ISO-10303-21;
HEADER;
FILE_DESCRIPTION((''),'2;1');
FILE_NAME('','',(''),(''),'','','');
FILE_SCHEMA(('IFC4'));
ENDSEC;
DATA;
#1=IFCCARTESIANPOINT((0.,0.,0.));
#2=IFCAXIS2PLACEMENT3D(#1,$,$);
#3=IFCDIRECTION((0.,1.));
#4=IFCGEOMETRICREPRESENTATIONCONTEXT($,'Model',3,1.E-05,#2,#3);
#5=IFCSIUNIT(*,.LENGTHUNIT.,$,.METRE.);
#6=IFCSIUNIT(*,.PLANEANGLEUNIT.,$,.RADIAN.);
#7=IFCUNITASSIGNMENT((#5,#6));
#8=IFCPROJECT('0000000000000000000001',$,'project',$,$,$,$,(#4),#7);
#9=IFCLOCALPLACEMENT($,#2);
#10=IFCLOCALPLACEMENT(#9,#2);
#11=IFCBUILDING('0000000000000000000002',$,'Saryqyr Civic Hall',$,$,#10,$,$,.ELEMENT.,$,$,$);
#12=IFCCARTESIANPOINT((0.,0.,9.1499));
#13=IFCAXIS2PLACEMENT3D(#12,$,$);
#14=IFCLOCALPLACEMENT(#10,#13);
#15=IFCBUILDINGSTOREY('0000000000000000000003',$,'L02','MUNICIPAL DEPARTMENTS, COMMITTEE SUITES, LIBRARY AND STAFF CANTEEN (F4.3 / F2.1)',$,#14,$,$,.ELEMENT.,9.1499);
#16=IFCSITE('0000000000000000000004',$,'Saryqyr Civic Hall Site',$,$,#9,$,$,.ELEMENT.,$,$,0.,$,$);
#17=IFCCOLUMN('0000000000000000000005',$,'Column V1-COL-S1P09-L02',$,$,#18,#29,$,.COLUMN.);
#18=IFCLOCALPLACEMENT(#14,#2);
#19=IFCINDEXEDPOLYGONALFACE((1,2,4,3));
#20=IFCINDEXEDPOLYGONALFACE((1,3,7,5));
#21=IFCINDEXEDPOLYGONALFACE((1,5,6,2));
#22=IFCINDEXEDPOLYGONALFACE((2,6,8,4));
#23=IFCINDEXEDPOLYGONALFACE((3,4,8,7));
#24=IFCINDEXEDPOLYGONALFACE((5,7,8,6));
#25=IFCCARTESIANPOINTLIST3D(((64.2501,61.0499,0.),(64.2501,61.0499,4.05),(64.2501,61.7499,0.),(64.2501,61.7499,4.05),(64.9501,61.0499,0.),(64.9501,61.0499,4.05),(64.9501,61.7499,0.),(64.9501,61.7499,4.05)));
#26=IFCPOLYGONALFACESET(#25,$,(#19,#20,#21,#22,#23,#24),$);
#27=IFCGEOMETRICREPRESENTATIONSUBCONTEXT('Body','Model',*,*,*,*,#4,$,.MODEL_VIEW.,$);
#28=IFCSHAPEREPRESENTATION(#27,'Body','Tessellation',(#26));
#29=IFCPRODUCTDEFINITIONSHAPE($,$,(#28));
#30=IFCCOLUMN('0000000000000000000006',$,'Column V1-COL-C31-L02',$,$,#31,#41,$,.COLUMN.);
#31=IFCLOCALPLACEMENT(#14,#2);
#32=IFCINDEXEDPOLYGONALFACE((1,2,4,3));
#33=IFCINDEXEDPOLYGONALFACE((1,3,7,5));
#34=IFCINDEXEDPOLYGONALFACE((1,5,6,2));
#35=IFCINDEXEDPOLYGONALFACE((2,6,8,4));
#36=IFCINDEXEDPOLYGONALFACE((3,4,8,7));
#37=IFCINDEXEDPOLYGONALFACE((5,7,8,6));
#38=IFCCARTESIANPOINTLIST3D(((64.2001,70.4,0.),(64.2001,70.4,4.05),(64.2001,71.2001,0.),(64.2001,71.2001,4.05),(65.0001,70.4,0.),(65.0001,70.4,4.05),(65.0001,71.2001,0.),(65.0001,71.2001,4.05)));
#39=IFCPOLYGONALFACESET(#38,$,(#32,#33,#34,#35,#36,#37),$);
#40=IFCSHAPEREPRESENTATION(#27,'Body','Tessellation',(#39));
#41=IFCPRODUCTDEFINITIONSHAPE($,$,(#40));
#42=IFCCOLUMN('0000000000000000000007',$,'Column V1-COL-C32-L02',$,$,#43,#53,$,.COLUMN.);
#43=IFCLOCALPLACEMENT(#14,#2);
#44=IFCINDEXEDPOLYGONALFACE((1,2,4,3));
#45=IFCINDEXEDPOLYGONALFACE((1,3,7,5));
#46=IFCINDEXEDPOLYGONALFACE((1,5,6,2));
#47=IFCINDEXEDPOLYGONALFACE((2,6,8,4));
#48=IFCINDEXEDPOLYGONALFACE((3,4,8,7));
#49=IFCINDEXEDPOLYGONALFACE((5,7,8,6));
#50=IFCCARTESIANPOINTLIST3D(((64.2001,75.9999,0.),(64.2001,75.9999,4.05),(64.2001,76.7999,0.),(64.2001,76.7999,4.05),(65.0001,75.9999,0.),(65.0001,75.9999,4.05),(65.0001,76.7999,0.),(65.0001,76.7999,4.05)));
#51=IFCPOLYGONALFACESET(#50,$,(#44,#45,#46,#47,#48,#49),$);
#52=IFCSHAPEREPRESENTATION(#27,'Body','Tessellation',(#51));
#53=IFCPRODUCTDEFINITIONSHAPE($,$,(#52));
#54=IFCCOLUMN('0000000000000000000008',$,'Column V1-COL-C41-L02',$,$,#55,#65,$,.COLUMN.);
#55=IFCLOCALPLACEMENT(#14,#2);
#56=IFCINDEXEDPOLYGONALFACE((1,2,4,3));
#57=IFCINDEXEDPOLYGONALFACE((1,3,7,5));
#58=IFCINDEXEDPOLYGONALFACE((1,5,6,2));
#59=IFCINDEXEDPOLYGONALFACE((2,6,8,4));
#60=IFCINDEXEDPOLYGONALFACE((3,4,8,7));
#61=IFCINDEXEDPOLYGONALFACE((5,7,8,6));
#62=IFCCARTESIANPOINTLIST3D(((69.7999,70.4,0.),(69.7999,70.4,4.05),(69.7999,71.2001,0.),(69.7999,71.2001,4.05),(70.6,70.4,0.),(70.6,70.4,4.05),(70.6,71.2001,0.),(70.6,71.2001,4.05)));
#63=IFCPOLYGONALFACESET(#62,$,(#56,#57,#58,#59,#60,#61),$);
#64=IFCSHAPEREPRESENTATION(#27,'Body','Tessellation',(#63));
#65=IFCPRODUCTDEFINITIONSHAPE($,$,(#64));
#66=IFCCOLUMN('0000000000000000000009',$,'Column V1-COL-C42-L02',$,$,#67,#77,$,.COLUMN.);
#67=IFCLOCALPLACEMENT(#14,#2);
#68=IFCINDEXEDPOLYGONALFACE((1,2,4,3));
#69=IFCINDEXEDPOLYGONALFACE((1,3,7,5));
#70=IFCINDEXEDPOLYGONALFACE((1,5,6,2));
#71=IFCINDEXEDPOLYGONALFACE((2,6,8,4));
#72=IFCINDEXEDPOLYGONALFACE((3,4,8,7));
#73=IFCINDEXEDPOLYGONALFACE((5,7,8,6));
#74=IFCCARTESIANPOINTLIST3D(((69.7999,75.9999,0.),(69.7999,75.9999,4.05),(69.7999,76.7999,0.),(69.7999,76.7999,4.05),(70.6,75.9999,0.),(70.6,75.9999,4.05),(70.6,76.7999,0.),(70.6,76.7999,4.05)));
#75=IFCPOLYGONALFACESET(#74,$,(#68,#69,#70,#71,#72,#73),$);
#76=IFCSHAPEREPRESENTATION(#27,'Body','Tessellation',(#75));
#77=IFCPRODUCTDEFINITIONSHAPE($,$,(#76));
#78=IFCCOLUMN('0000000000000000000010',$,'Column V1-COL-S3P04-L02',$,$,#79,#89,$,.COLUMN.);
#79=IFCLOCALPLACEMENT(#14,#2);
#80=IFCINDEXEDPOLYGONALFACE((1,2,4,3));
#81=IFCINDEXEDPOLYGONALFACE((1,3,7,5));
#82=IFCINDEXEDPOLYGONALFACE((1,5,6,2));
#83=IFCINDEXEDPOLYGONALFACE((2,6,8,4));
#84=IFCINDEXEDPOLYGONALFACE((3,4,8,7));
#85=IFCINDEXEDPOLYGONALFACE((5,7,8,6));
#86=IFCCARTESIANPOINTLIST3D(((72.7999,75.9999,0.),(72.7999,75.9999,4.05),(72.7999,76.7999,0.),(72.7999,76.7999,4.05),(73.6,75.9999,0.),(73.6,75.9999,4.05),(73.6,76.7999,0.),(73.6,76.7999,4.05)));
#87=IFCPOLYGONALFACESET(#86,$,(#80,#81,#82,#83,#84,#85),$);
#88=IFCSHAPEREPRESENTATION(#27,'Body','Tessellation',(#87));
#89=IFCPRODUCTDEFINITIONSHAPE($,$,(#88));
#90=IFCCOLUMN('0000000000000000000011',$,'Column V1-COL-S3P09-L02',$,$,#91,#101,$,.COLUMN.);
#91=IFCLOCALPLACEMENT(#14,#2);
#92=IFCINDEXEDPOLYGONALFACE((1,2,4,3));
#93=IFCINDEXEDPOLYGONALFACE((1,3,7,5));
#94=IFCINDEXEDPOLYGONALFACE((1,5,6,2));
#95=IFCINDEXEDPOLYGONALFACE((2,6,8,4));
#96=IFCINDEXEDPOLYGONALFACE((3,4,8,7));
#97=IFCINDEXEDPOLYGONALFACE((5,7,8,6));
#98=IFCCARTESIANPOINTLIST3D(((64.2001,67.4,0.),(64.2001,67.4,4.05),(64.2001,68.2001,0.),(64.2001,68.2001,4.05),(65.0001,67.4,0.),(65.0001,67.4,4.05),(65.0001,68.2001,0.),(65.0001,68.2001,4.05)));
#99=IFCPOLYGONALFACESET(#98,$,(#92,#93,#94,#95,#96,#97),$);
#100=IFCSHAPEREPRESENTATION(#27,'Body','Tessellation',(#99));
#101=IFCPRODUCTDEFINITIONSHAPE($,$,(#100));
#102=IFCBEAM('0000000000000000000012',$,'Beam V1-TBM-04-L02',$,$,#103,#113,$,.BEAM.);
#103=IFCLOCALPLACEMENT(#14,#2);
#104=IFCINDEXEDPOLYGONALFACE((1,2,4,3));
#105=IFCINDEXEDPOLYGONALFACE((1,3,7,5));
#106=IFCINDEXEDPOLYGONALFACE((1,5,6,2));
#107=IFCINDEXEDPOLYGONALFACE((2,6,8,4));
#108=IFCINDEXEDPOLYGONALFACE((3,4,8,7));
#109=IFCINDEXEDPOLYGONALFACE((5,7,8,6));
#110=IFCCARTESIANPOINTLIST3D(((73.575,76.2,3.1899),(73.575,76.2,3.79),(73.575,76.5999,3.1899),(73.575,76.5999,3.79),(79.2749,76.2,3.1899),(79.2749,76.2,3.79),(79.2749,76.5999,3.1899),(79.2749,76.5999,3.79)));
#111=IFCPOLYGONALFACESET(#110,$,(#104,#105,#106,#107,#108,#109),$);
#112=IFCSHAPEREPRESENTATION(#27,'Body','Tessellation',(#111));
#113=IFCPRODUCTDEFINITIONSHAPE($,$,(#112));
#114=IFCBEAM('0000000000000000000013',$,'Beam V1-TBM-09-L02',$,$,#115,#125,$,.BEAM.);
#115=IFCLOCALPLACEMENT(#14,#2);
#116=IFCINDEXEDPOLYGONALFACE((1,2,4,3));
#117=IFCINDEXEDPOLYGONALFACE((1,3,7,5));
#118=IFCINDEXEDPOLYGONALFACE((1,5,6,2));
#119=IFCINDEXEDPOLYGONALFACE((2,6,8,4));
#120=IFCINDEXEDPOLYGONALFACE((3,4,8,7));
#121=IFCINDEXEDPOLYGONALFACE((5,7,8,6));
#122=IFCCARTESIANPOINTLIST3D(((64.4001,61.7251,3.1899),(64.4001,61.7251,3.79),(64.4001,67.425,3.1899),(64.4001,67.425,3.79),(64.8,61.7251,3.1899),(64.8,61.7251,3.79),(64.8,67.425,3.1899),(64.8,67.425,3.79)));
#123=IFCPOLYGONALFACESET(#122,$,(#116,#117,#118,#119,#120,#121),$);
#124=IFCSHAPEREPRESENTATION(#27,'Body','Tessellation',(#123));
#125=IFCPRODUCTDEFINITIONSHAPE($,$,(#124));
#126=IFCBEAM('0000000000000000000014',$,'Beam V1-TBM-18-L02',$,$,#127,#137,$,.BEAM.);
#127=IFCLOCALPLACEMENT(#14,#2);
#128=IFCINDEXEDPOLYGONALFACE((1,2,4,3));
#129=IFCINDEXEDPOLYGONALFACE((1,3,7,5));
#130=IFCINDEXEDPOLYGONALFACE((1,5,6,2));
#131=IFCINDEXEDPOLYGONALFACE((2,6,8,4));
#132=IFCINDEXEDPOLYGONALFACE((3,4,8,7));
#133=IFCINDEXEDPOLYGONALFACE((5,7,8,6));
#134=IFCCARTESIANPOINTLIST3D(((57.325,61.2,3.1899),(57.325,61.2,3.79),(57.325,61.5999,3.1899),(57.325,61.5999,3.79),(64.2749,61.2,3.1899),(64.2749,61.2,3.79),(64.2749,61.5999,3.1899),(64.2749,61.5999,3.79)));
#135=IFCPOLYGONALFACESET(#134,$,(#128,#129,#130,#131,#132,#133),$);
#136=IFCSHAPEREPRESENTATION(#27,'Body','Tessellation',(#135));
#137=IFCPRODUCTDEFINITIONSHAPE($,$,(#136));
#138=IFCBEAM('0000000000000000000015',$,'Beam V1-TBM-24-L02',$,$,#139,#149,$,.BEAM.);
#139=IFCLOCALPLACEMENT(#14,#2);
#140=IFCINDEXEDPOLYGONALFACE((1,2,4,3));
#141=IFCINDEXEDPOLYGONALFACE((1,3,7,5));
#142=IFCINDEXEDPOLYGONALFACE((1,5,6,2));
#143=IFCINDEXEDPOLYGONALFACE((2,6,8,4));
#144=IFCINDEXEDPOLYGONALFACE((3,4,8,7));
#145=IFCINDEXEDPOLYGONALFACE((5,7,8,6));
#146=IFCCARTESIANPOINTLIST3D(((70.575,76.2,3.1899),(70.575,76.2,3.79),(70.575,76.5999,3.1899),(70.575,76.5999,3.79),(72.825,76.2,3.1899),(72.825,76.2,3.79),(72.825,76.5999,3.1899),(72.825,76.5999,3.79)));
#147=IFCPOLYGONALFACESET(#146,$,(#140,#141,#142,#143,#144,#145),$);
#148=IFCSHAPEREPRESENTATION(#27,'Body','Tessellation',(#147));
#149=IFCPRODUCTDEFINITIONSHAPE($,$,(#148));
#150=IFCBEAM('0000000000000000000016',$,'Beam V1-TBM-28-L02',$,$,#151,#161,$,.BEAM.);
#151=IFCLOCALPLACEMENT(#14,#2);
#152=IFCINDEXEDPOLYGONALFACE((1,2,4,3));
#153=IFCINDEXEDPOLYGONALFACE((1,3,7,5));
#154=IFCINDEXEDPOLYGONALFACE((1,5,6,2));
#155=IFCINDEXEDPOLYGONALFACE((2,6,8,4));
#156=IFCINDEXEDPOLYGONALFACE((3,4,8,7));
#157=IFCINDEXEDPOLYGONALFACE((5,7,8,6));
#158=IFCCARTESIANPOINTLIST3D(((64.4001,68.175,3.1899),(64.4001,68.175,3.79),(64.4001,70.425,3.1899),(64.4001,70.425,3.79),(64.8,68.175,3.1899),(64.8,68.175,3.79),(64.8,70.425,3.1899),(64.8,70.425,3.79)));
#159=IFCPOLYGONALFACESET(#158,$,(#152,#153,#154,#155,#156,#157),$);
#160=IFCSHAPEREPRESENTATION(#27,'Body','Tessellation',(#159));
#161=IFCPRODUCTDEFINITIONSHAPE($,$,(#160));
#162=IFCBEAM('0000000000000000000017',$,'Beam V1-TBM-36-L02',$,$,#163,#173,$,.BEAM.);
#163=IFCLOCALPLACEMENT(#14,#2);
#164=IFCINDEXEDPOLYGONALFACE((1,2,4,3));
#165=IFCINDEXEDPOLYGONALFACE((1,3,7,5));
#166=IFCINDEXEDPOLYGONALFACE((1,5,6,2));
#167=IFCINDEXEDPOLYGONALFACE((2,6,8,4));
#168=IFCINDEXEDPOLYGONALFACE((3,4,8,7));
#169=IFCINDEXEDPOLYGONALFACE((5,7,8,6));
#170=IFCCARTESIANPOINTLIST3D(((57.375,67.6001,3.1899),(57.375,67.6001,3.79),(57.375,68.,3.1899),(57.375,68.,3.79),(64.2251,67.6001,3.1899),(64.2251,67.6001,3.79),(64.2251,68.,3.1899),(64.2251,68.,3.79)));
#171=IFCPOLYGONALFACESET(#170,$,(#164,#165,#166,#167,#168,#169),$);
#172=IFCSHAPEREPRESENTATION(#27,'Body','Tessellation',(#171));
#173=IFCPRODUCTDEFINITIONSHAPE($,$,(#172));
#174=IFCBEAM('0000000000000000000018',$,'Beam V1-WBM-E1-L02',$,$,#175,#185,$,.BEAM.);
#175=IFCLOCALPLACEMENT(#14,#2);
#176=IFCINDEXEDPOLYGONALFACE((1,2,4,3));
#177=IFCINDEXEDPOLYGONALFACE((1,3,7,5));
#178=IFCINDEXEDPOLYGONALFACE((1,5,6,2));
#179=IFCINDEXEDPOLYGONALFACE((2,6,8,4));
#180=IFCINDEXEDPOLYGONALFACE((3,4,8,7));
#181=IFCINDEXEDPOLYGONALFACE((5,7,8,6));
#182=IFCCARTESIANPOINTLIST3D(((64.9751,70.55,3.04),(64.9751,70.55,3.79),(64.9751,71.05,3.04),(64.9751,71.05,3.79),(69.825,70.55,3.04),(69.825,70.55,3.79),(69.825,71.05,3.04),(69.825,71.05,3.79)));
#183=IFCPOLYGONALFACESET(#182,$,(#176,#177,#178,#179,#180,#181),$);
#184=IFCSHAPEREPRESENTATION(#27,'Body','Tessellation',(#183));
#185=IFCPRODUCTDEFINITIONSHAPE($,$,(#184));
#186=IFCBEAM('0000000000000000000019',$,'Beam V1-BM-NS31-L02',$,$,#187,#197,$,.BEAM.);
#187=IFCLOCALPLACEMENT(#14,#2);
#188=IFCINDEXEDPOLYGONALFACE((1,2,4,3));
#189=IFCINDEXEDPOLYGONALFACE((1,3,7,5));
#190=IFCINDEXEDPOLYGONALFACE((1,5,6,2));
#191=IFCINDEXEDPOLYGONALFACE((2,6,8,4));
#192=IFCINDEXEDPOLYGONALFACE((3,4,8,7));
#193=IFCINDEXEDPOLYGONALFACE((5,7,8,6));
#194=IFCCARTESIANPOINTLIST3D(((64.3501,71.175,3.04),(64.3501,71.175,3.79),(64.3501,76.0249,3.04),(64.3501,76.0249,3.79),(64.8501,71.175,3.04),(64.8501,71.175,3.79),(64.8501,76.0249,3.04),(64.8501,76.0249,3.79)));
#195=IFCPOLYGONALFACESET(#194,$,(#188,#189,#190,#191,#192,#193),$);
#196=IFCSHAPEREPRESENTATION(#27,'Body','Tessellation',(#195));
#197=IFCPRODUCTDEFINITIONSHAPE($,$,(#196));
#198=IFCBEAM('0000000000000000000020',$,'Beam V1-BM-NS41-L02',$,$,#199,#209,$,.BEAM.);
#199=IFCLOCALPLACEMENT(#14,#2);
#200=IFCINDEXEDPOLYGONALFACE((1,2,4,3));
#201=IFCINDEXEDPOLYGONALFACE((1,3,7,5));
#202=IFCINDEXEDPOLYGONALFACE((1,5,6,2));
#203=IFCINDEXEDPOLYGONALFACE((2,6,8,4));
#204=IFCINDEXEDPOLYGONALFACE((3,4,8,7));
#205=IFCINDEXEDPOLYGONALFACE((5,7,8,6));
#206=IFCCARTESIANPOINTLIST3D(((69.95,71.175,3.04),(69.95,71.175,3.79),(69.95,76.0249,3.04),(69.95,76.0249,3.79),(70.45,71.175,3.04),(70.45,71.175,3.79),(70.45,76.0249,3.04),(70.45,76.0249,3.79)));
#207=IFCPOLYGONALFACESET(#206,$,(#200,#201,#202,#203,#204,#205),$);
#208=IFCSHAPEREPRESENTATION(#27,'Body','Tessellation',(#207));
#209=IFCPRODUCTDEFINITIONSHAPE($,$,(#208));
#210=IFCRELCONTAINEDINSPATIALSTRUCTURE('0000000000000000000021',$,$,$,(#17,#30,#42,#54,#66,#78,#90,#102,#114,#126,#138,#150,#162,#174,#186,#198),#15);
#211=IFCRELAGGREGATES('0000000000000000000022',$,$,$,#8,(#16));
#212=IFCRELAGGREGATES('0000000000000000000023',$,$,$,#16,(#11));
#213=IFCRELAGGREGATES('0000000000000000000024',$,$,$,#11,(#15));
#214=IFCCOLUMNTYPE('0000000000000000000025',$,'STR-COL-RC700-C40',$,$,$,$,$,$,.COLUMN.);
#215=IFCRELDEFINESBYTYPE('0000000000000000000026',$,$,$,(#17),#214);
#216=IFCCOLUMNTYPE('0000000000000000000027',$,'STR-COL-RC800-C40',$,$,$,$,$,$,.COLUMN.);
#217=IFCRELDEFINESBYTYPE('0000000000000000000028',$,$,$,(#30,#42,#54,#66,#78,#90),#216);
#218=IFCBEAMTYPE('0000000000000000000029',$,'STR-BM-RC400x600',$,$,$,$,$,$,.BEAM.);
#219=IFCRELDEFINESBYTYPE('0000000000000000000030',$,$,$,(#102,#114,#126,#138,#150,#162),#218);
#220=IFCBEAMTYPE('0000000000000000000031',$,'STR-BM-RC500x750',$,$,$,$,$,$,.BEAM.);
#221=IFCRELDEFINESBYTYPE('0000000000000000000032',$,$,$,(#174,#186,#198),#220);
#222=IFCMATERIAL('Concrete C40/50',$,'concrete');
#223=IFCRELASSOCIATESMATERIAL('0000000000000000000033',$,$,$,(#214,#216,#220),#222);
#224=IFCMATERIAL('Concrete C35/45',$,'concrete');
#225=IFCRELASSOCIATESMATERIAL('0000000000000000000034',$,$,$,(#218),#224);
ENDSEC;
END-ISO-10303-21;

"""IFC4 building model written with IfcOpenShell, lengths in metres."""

from ifc_helpers import new_model, si_unit, direction, frame, origin, origin_2d, place, context, subcontext, project, spatial, rectangle, extrude, material, material_profile, profile_set, type_object, element, save


model = new_model("IFC4")

# Units and contexts
model_context = context("Model", 3, precision=1e-05, world=origin(), true_north=direction((0.0, 1.0)))
body_context = subcontext(model_context, "Body", "Model", "MODEL_VIEW")
ifc_project = project(units=[si_unit("LENGTHUNIT", "METRE"), si_unit("PLANEANGLEUNIT", "RADIAN")], contexts=[model_context])

# Site, building, storey
site_placement = place(None, origin())
site = spatial("IfcSite", under=ifc_project, at=site_placement, Name="Saryqyr Civic Hall Site", CompositionType="ELEMENT", RefElevation=0.0)
building_placement = place(site_placement, origin())
building = spatial("IfcBuilding", under=site, at=building_placement, Name="Saryqyr Civic Hall", CompositionType="ELEMENT")
storey_placement = place(building_placement, frame((0.0, 0.0, 9.1499)))
storey = spatial("IfcBuildingStorey", under=building, at=storey_placement, Name="L02", Description="MUNICIPAL DEPARTMENTS, COMMITTEE SUITES, LIBRARY AND STAFF CANTEEN (F4.3 / F2.1)", CompositionType="ELEMENT", Elevation=9.1499)

# Columns
ifc_material_1 = material(Name="Concrete C40/50", Category="concrete")
ifc_material_profile_1 = material_profile(ifc_material_1, rectangle(XDim=0.7, YDim=0.7, at=origin_2d()), Name="RC 700x700")
ifc_profile_set_1 = profile_set([ifc_material_profile_1], Name="Concrete C40/50")
column_type_1 = type_object("IfcColumnType", Name="STR-COL-RC700-C40", PredefinedType="COLUMN", material=ifc_profile_set_1)
column_placement = place(storey_placement, frame((64.6001, 61.3999, 0.0), z_axis=(0.0, 0.0, 1.0), x_axis=(1.0, 0.0, 0.0)))
element("IfcColumn", 1, at=column_placement, inside=storey, type_object=column_type_1, Name="Column V1-COL-S1P09-L02", PredefinedType="COLUMN", context=body_context, shape_type="SweptSolid", body=[
    extrude(rectangle(XDim=0.7, YDim=0.7, at=origin_2d()), origin(), (0.0, 0.0, 1.0), 4.05),
])
ifc_material_profile_2 = material_profile(ifc_material_1, rectangle(XDim=0.8, YDim=0.8, at=origin_2d()), Name="RC 800x800")
ifc_profile_set_2 = profile_set([ifc_material_profile_2], Name="Concrete C40/50")
column_type_2 = type_object("IfcColumnType", Name="STR-COL-RC800-C40", PredefinedType="COLUMN", material=ifc_profile_set_2)
for number, where, z_axis, x_axis, name in (
    (2, (64.6001, 70.8, 0.0), (0.0, 0.0, 1.0), (1.0, 0.0, 0.0), "Column V1-COL-C31-L02"),
    (3, (64.6001, 76.3999, 0.0), (0.0, 0.0, 1.0), (1.0, 0.0, 0.0), "Column V1-COL-C32-L02"),
    (4, (70.2, 70.8, 0.0), (0.0, 0.0, 1.0), (1.0, 0.0, 0.0), "Column V1-COL-C41-L02"),
    (5, (70.2, 76.3999, 0.0), (0.0, 0.0, 1.0), (1.0, 0.0, 0.0), "Column V1-COL-C42-L02"),
    (6, (73.2, 76.3999, 0.0), (0.0, 0.0, 1.0), (1.0, 0.0, 0.0), "Column V1-COL-S3P04-L02"),
    (7, (64.6001, 67.8, 0.0), (0.0, 0.0, 1.0), (1.0, 0.0, 0.0), "Column V1-COL-S3P09-L02"),
):
    element("IfcColumn", number, at=place(storey_placement, frame(where, z_axis=z_axis, x_axis=x_axis)), inside=storey, type_object=column_type_2, Name=name, PredefinedType="COLUMN", context=body_context, shape_type="SweptSolid", body=[
        extrude(rectangle(XDim=0.8, YDim=0.8, at=origin_2d()), origin(), (0.0, 0.0, 1.0), 4.05),
    ])

# Beams
ifc_material_2 = material(Name="Concrete C35/45", Category="concrete")
ifc_material_profile_3 = material_profile(ifc_material_2, rectangle(XDim=0.3999, YDim=0.6001, at=origin_2d()), Name="RC 400x600")
ifc_profile_set_3 = profile_set([ifc_material_profile_3], Name="Concrete C35/45")
beam_type_1 = type_object("IfcBeamType", Name="STR-BM-RC400x600", PredefinedType="BEAM", material=ifc_profile_set_3)
for number, where, z_axis, x_axis, name in (
    (8, (73.575, 76.3999, 3.49), (1.0, 0.0, 0.0), (0.0, 1.0, 0.0), "Beam V1-TBM-04-L02"),
    (9, (64.6001, 61.7251, 3.49), (0.0, 1.0, 0.0), (-1.0, 0.0, 0.0), "Beam V1-TBM-09-L02"),
):
    element("IfcBeam", number, at=place(storey_placement, frame(where, z_axis=z_axis, x_axis=x_axis)), inside=storey, type_object=beam_type_1, Name=name, PredefinedType="BEAM", context=body_context, shape_type="SweptSolid", body=[
        extrude(rectangle(XDim=0.3999, YDim=0.6001, at=origin_2d()), origin(), (0.0, 0.0, 1.0), 5.7),
    ])
beam_1_placement = place(storey_placement, frame((57.325, 61.3999, 3.49), z_axis=(1.0, 0.0, 0.0), x_axis=(0.0, 1.0, 0.0)))
element("IfcBeam", 10, at=beam_1_placement, inside=storey, type_object=beam_type_1, Name="Beam V1-TBM-18-L02", PredefinedType="BEAM", context=body_context, shape_type="SweptSolid", body=[
    extrude(rectangle(XDim=0.3999, YDim=0.6001, at=origin_2d()), origin(), (0.0, 0.0, 1.0), 6.95),
])
for number, where, z_axis, x_axis, name in (
    (11, (70.575, 76.3999, 3.49), (1.0, 0.0, 0.0), (0.0, 1.0, 0.0), "Beam V1-TBM-24-L02"),
    (12, (64.6001, 68.175, 3.49), (0.0, 1.0, 0.0), (-1.0, 0.0, 0.0), "Beam V1-TBM-28-L02"),
):
    element("IfcBeam", number, at=place(storey_placement, frame(where, z_axis=z_axis, x_axis=x_axis)), inside=storey, type_object=beam_type_1, Name=name, PredefinedType="BEAM", context=body_context, shape_type="SweptSolid", body=[
        extrude(rectangle(XDim=0.3999, YDim=0.6001, at=origin_2d()), origin(), (0.0, 0.0, 1.0), 2.25),
    ])
beam_2_placement = place(storey_placement, frame((57.375, 67.8, 3.49), z_axis=(1.0, 0.0, 0.0), x_axis=(0.0, 1.0, 0.0)))
element("IfcBeam", 13, at=beam_2_placement, inside=storey, type_object=beam_type_1, Name="Beam V1-TBM-36-L02", PredefinedType="BEAM", context=body_context, shape_type="SweptSolid", body=[
    extrude(rectangle(XDim=0.3999, YDim=0.6001, at=origin_2d()), origin(), (0.0, 0.0, 1.0), 6.8501),
])
ifc_material_profile_4 = material_profile(ifc_material_1, rectangle(XDim=0.5, YDim=0.75, at=origin_2d()), Name="RC 500x750")
ifc_profile_set_4 = profile_set([ifc_material_profile_4], Name="Concrete C40/50")
beam_type_2 = type_object("IfcBeamType", Name="STR-BM-RC500x750", PredefinedType="BEAM", material=ifc_profile_set_4)
for number, where, z_axis, x_axis, name in (
    (14, (64.9751, 70.8, 3.415), (1.0, 0.0, 0.0), (0.0, 1.0, 0.0), "Beam V1-WBM-E1-L02"),
    (15, (64.6001, 71.175, 3.415), (0.0, 1.0, 0.0), (-1.0, 0.0, 0.0), "Beam V1-BM-NS31-L02"),
    (16, (70.2, 71.175, 3.415), (0.0, 1.0, 0.0), (-1.0, 0.0, 0.0), "Beam V1-BM-NS41-L02"),
):
    element("IfcBeam", number, at=place(storey_placement, frame(where, z_axis=z_axis, x_axis=x_axis)), inside=storey, type_object=beam_type_2, Name=name, PredefinedType="BEAM", context=body_context, shape_type="SweptSolid", body=[
        extrude(rectangle(XDim=0.5, YDim=0.75, at=origin_2d()), origin(), (0.0, 0.0, 1.0), 4.8499),
    ])

save(model, "model.ifc")
